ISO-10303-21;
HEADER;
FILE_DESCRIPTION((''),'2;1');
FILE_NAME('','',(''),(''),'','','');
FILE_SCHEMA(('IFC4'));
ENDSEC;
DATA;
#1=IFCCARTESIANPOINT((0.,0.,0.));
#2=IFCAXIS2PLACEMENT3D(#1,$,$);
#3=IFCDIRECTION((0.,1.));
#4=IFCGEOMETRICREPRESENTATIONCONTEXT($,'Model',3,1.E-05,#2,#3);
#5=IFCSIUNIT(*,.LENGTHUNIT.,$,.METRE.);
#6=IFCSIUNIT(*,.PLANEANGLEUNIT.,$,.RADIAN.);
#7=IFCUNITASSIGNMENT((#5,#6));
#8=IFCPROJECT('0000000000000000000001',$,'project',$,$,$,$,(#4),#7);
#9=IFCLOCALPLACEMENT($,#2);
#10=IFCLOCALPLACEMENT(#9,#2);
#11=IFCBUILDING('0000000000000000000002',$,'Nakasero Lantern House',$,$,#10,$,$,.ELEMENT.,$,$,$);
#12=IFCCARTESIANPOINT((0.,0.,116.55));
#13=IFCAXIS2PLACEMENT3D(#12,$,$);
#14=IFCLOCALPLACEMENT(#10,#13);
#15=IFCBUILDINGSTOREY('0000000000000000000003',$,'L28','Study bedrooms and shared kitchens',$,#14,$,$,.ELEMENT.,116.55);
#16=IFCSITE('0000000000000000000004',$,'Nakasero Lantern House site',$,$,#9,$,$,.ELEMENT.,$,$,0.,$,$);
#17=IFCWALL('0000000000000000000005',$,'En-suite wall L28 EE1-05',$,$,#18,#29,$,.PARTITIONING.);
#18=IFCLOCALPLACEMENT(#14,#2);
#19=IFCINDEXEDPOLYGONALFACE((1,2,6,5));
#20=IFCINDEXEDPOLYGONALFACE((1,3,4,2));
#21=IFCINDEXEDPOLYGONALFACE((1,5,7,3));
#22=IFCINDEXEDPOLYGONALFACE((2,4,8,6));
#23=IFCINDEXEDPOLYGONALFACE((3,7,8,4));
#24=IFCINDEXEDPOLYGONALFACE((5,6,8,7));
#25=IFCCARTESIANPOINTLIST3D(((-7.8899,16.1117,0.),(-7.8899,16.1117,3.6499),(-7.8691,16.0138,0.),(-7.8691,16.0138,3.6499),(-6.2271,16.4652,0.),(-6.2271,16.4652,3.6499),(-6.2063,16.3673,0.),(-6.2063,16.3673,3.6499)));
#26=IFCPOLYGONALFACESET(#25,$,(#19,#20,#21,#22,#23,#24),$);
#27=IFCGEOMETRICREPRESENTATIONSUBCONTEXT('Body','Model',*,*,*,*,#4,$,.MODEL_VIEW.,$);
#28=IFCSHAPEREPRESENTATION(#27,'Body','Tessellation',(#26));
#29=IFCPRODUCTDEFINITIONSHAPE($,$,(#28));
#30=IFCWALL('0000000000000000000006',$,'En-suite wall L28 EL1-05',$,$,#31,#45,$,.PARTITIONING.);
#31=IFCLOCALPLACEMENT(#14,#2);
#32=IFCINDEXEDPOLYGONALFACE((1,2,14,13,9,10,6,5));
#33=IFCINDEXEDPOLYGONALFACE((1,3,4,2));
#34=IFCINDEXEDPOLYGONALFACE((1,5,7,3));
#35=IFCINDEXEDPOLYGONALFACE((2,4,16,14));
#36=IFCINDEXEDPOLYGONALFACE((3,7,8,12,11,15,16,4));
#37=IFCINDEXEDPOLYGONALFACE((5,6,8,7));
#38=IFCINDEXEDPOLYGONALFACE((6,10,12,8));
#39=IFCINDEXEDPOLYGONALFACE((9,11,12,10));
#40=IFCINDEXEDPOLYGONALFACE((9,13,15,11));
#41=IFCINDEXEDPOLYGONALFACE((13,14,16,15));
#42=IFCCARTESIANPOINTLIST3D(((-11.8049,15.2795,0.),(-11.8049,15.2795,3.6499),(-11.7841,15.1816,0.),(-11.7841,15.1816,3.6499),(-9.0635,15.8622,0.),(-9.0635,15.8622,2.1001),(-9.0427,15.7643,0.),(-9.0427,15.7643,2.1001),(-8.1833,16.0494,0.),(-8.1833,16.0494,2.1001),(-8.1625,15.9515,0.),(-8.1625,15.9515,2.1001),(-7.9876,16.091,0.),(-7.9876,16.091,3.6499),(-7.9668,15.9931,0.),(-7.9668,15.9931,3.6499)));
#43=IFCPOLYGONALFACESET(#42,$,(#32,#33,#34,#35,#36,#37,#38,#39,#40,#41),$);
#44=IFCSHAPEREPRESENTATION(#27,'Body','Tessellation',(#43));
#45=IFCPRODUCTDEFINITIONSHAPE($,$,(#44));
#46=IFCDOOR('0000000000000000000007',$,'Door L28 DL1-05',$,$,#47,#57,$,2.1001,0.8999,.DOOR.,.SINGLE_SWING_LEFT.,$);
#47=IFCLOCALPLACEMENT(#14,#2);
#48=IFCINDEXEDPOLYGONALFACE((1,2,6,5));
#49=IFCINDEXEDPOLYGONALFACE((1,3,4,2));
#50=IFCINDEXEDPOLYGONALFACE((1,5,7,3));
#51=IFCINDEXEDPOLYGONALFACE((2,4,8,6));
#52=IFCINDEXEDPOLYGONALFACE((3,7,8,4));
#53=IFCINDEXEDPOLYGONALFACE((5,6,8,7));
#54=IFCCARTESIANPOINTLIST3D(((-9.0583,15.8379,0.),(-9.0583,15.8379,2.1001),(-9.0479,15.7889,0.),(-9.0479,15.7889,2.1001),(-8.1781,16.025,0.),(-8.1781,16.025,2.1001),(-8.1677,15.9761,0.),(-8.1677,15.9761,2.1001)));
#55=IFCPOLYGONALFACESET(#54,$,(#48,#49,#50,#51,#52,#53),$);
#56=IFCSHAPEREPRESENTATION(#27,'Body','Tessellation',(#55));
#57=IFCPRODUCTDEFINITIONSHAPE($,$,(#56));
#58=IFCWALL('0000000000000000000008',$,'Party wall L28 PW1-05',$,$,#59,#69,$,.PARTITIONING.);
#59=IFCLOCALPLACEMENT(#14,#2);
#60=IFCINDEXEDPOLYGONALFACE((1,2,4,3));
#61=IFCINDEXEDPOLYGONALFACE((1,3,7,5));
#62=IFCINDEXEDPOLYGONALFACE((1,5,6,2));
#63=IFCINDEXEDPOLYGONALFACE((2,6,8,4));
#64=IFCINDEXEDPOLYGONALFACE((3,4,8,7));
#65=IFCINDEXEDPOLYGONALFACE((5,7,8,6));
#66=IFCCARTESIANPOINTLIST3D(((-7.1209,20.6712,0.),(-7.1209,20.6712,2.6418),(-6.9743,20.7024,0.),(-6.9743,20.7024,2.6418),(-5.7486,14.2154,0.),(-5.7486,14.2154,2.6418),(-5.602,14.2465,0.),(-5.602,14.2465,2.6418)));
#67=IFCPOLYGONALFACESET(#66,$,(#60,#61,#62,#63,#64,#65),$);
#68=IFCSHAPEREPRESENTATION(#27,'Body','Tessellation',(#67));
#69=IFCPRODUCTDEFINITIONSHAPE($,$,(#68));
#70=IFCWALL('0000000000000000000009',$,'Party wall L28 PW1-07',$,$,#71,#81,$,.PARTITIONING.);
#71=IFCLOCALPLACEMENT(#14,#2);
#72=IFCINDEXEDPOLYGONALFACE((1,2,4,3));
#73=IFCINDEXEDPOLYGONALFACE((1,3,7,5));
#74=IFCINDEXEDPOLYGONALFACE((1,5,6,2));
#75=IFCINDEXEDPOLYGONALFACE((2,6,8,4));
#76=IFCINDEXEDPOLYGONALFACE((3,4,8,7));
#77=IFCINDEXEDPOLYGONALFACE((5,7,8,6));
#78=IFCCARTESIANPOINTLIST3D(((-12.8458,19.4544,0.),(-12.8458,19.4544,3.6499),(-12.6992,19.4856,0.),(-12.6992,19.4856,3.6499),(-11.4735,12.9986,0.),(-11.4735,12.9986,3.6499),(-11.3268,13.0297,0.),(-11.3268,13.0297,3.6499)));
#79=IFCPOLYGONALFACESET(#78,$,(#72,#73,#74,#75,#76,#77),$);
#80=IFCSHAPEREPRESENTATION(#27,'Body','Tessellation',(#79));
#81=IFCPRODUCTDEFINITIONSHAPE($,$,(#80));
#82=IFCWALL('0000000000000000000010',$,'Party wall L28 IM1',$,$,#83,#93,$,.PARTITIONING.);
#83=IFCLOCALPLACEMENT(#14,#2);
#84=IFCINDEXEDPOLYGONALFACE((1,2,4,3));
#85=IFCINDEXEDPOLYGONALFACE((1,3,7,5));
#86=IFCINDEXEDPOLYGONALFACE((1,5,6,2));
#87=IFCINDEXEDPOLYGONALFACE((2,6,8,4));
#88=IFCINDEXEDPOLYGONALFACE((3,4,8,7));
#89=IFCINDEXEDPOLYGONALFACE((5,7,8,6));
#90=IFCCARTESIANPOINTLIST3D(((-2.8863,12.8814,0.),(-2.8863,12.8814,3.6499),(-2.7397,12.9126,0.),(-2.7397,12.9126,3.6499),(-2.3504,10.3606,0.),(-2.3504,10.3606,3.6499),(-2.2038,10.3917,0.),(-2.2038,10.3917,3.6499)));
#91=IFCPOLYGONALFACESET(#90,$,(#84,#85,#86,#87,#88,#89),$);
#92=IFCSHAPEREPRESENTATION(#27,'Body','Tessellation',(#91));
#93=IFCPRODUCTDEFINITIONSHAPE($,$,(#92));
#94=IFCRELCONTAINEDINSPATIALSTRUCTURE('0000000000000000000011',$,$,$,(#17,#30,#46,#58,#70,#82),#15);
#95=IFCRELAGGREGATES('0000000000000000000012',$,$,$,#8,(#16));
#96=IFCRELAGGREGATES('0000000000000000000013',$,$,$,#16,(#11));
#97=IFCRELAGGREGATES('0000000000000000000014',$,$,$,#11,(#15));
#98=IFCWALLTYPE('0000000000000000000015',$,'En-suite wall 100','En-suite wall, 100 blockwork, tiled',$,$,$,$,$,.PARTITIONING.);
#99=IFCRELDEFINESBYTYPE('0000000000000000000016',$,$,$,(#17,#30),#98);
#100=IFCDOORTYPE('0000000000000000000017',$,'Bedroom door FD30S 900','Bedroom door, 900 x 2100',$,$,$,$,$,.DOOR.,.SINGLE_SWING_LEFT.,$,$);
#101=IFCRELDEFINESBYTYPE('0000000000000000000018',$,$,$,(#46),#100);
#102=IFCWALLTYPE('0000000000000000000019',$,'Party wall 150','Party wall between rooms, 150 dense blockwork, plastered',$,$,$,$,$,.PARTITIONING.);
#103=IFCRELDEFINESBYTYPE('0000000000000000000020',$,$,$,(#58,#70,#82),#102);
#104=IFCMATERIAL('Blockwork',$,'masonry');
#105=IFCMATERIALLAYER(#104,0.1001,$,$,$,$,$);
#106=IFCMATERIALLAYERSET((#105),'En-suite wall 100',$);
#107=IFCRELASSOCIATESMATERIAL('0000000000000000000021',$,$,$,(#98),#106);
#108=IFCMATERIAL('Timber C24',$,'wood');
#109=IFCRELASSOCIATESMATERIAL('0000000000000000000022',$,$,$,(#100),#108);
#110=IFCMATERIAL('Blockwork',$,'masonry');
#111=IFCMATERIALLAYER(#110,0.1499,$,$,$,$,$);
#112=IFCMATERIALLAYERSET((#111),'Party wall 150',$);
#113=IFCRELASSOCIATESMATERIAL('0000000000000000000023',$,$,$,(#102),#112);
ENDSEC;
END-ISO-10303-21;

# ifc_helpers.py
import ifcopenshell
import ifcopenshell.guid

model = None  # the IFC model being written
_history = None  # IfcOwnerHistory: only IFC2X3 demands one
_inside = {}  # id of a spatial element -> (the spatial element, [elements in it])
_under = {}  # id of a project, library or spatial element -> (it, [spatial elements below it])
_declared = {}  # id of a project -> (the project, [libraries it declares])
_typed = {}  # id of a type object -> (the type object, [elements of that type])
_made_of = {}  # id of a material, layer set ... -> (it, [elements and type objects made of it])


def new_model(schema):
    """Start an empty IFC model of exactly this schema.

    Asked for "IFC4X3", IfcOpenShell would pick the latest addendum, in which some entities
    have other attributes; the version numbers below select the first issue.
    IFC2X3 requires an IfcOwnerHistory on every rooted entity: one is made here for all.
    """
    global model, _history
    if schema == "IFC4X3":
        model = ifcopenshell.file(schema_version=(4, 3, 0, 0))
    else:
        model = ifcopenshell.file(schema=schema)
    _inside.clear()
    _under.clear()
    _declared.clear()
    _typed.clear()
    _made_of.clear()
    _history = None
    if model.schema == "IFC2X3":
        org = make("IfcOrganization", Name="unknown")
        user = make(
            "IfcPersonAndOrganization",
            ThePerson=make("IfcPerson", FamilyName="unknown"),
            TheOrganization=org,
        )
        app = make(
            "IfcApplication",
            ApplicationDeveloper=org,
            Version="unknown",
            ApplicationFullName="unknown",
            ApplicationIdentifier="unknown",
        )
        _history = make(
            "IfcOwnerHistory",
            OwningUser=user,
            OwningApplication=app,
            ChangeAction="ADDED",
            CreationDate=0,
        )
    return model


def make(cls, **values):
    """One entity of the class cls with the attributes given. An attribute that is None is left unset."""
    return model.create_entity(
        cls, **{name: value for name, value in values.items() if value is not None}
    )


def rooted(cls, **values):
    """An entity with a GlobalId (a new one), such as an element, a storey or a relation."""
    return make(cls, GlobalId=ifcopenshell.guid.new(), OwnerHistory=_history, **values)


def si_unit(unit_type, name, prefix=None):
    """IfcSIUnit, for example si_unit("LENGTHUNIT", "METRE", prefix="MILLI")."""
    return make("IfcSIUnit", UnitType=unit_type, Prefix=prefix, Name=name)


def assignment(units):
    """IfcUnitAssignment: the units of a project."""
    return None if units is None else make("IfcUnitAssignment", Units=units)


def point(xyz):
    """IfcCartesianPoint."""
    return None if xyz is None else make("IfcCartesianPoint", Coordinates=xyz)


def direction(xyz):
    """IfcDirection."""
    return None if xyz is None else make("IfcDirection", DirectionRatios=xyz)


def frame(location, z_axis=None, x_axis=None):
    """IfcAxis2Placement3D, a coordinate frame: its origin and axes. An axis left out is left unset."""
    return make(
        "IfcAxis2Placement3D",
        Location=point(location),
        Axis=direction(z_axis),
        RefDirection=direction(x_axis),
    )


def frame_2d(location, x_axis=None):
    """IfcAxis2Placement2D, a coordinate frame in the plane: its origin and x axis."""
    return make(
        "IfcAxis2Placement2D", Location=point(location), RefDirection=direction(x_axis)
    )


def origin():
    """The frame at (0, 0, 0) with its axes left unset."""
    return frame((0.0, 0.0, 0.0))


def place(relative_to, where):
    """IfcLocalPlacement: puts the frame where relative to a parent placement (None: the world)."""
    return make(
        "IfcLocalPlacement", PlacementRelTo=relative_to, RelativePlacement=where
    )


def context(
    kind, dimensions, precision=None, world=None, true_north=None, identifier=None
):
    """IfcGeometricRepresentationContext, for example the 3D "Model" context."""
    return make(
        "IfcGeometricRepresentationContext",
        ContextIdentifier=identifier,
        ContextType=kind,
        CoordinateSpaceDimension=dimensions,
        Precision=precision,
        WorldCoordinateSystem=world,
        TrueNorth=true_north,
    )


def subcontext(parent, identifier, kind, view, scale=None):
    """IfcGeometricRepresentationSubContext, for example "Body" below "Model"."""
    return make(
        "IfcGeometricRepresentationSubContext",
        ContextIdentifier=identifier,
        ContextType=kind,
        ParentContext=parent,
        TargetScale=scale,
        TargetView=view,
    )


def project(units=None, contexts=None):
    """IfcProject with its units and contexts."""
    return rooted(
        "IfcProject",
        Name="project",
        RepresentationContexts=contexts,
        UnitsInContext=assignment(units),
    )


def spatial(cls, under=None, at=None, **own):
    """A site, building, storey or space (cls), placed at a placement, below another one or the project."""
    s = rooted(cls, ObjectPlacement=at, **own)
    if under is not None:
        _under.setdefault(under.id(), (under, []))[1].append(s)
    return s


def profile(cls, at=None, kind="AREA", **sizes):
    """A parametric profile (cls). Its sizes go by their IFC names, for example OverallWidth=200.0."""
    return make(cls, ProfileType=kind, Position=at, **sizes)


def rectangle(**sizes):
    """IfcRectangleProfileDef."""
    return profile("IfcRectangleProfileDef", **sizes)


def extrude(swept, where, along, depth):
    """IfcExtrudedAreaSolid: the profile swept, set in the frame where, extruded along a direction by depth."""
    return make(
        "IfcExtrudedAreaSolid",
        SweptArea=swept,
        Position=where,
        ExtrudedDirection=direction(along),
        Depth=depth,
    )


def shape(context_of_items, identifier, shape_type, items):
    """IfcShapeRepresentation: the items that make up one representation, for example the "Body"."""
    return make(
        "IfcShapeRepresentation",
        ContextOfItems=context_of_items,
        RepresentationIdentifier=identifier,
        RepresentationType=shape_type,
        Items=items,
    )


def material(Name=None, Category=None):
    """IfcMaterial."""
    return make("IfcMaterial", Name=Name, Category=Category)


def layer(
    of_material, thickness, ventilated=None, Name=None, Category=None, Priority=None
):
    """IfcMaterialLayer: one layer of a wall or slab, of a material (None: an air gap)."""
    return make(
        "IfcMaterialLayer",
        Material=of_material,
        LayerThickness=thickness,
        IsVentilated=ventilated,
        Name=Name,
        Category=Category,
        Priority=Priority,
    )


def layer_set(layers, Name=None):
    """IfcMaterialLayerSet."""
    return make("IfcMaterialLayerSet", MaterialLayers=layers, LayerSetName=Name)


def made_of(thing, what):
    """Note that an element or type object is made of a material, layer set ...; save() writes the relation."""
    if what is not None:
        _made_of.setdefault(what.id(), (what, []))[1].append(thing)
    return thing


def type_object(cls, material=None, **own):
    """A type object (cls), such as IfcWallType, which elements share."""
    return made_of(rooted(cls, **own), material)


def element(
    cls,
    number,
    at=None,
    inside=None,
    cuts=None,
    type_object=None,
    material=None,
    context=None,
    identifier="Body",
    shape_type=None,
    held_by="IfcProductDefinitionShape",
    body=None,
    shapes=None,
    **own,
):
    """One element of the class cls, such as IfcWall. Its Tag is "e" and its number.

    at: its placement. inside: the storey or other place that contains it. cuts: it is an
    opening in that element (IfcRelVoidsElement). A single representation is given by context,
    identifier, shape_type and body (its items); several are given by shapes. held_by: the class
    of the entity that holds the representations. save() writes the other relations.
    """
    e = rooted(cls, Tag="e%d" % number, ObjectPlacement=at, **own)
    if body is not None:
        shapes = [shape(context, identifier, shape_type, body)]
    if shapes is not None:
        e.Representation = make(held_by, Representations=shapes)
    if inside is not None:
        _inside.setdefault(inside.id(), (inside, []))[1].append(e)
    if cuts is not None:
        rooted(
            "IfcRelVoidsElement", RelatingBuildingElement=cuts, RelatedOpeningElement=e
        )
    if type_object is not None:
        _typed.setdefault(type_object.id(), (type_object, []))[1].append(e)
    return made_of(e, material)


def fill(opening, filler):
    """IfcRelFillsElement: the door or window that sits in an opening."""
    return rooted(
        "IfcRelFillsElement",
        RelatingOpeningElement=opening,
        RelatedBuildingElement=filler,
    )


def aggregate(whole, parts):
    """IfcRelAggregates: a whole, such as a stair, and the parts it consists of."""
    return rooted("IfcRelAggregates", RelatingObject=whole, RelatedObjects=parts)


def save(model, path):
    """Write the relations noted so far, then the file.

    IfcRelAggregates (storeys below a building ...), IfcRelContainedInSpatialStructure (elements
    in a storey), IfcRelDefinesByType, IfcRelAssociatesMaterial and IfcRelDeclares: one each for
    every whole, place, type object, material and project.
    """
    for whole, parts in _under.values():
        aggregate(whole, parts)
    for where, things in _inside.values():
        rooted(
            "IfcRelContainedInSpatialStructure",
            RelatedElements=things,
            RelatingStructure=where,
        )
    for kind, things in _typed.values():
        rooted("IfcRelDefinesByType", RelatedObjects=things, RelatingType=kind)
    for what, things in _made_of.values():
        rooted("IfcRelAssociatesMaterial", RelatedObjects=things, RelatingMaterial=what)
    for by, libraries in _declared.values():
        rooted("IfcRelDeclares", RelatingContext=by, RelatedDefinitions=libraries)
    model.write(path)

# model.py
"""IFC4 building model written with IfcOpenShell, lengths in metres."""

from ifc_helpers import new_model, si_unit, direction, frame, frame_2d, origin, place, context, subcontext, project, spatial, rectangle, extrude, material, layer, layer_set, type_object, element, fill, save


model = new_model("IFC4")

# Units and contexts
model_context = context("Model", 3, precision=1e-05, world=origin(), true_north=direction((0.0, 1.0)))
body_context = subcontext(model_context, "Body", "Model", "MODEL_VIEW")
ifc_project = project(units=[si_unit("LENGTHUNIT", "METRE"), si_unit("PLANEANGLEUNIT", "RADIAN")], contexts=[model_context])

# Site, building, storey
site_placement = place(None, origin())
site = spatial("IfcSite", under=ifc_project, at=site_placement, Name="Nakasero Lantern House site", CompositionType="ELEMENT", RefElevation=0.0)
building_placement = place(site_placement, origin())
building = spatial("IfcBuilding", under=site, at=building_placement, Name="Nakasero Lantern House", CompositionType="ELEMENT")
storey_placement = place(building_placement, frame((0.0, 0.0, 116.55)))
storey = spatial("IfcBuildingStorey", under=building, at=storey_placement, Name="L28", Description="Study bedrooms and shared kitchens", CompositionType="ELEMENT", Elevation=116.55)

# Shared definitions
ifc_material_1 = material(Name="Blockwork", Category="masonry")
ifc_layer_1 = layer(ifc_material_1, 0.1001)
ifc_layer_set_1 = layer_set([ifc_layer_1], Name="En-suite wall 100")
wall_type_1 = type_object("IfcWallType", Name="En-suite wall 100", Description="En-suite wall, 100 blockwork, tiled", PredefinedType="PARTITIONING", material=ifc_layer_set_1)

# Wall
wall_1_placement = place(storey_placement, frame((-6.2166, 16.4163, 0.0), z_axis=(0.0, 0.0, 1.0), x_axis=(-0.97814, -0.20795, 0.0)))
element("IfcWall", 1, at=wall_1_placement, inside=storey, type_object=wall_type_1, Name="En-suite wall L28 EE1-05", PredefinedType="PARTITIONING", context=body_context, shape_type="SweptSolid", body=[
    extrude(rectangle(XDim=1.7, YDim=0.1001, at=frame_2d((0.8501, 0.0))), origin(), (0.0, 0.0, 1.0), 3.6499),
])

# Wall, opening, door
wall_2_placement = place(storey_placement, frame((-7.9773, 16.042, 0.0), z_axis=(0.0, 0.0, 1.0), x_axis=(-0.978142, -0.20794, 0.0)))
wall_2 = element("IfcWall", 2, at=wall_2_placement, inside=storey, type_object=wall_type_1, Name="En-suite wall L28 EL1-05", PredefinedType="PARTITIONING", context=body_context, shape_type="SweptSolid", body=[
    extrude(rectangle(XDim=3.9026, YDim=0.1001, at=frame_2d((1.9512, 0.0))), origin(), (0.0, 0.0, 1.0), 3.6499),
])
opening_1_placement = place(wall_2_placement, frame((0.2, 0.0, 0.0)))
opening_1 = element("IfcOpeningElement", 3, at=opening_1_placement, cuts=wall_2, PredefinedType="OPENING", context=body_context, shape_type="SweptSolid", body=[
    extrude(rectangle(XDim=0.8999, YDim=2.1001, at=frame_2d((0.45, 1.05))), frame((0.0, 0.0701, 0.0), z_axis=(0.0, -1.0, 0.0), x_axis=(1.0, 0.0, 0.0)), (0.0, 0.0, 1.0), 0.1401),
])
ifc_material_2 = material(Name="Timber C24", Category="wood")
door_type_1 = type_object("IfcDoorType", Name="Bedroom door FD30S 900", Description="Bedroom door, 900 x 2100", OperationType="SINGLE_SWING_LEFT", PredefinedType="DOOR", material=ifc_material_2)
door_1_placement = place(opening_1_placement, origin())
door_1 = element("IfcDoor", 4, at=door_1_placement, inside=storey, type_object=door_type_1, Name="Door L28 DL1-05", OperationType="SINGLE_SWING_LEFT", OverallHeight=2.1001, OverallWidth=0.8999, PredefinedType="DOOR", context=body_context, shape_type="SweptSolid", body=[
    extrude(rectangle(XDim=0.8999, YDim=2.1001, at=frame_2d((0.45, 1.05))), frame((0.0, 0.0249, 0.0), z_axis=(0.0, -1.0, 0.0), x_axis=(1.0, 0.0, 0.0)), (0.0, 0.0, 1.0), 0.05),
])
fill(opening_1, door_1)

# Walls
ifc_material_3 = material(Name="Blockwork", Category="masonry")
ifc_layer_2 = layer(ifc_material_3, 0.1499)
ifc_layer_set_2 = layer_set([ifc_layer_2], Name="Party wall 150")
wall_type_2 = type_object("IfcWallType", Name="Party wall 150", Description="Party wall between rooms, 150 dense blockwork, plastered", PredefinedType="PARTITIONING", material=ifc_layer_set_2)
wall_3_placement = place(storey_placement, frame((-5.6753, 14.231, 0.0), z_axis=(0.0, 0.0, 1.0), x_axis=(-0.207925, 0.978145, 0.0)))
element("IfcWall", 5, at=wall_3_placement, inside=storey, type_object=wall_type_2, Name="Party wall L28 PW1-05", PredefinedType="PARTITIONING", context=body_context, shape_type="SweptSolid", body=[
    extrude(rectangle(XDim=6.6001, YDim=0.1499, at=frame_2d((3.3, 0.0))), origin(), (0.0, 0.0, 1.0), 2.6418),
])
wall_4_placement = place(storey_placement, frame((-11.4001, 13.0142, 0.0), z_axis=(0.0, 0.0, 1.0), x_axis=(-0.207925, 0.978145, 0.0)))
element("IfcWall", 6, at=wall_4_placement, inside=storey, type_object=wall_type_2, Name="Party wall L28 PW1-07", PredefinedType="PARTITIONING", context=body_context, shape_type="SweptSolid", body=[
    extrude(rectangle(XDim=6.6001, YDim=0.1499, at=frame_2d((3.3, 0.0))), origin(), (0.0, 0.0, 1.0), 3.6499),
])
wall_5_placement = place(storey_placement, frame((-2.813, 12.897, 0.0), z_axis=(0.0, 0.0, 1.0), x_axis=(0.207944, -0.978141, 0.0)))
element("IfcWall", 7, at=wall_5_placement, inside=storey, type_object=wall_type_2, Name="Party wall L28 IM1", PredefinedType="PARTITIONING", context=body_context, shape_type="SweptSolid", body=[
    extrude(rectangle(XDim=2.5771, YDim=0.1499, at=frame_2d((1.2886, 0.0))), origin(), (0.0, 0.0, 1.0), 3.6499),
])

save(model, "model.ifc")
